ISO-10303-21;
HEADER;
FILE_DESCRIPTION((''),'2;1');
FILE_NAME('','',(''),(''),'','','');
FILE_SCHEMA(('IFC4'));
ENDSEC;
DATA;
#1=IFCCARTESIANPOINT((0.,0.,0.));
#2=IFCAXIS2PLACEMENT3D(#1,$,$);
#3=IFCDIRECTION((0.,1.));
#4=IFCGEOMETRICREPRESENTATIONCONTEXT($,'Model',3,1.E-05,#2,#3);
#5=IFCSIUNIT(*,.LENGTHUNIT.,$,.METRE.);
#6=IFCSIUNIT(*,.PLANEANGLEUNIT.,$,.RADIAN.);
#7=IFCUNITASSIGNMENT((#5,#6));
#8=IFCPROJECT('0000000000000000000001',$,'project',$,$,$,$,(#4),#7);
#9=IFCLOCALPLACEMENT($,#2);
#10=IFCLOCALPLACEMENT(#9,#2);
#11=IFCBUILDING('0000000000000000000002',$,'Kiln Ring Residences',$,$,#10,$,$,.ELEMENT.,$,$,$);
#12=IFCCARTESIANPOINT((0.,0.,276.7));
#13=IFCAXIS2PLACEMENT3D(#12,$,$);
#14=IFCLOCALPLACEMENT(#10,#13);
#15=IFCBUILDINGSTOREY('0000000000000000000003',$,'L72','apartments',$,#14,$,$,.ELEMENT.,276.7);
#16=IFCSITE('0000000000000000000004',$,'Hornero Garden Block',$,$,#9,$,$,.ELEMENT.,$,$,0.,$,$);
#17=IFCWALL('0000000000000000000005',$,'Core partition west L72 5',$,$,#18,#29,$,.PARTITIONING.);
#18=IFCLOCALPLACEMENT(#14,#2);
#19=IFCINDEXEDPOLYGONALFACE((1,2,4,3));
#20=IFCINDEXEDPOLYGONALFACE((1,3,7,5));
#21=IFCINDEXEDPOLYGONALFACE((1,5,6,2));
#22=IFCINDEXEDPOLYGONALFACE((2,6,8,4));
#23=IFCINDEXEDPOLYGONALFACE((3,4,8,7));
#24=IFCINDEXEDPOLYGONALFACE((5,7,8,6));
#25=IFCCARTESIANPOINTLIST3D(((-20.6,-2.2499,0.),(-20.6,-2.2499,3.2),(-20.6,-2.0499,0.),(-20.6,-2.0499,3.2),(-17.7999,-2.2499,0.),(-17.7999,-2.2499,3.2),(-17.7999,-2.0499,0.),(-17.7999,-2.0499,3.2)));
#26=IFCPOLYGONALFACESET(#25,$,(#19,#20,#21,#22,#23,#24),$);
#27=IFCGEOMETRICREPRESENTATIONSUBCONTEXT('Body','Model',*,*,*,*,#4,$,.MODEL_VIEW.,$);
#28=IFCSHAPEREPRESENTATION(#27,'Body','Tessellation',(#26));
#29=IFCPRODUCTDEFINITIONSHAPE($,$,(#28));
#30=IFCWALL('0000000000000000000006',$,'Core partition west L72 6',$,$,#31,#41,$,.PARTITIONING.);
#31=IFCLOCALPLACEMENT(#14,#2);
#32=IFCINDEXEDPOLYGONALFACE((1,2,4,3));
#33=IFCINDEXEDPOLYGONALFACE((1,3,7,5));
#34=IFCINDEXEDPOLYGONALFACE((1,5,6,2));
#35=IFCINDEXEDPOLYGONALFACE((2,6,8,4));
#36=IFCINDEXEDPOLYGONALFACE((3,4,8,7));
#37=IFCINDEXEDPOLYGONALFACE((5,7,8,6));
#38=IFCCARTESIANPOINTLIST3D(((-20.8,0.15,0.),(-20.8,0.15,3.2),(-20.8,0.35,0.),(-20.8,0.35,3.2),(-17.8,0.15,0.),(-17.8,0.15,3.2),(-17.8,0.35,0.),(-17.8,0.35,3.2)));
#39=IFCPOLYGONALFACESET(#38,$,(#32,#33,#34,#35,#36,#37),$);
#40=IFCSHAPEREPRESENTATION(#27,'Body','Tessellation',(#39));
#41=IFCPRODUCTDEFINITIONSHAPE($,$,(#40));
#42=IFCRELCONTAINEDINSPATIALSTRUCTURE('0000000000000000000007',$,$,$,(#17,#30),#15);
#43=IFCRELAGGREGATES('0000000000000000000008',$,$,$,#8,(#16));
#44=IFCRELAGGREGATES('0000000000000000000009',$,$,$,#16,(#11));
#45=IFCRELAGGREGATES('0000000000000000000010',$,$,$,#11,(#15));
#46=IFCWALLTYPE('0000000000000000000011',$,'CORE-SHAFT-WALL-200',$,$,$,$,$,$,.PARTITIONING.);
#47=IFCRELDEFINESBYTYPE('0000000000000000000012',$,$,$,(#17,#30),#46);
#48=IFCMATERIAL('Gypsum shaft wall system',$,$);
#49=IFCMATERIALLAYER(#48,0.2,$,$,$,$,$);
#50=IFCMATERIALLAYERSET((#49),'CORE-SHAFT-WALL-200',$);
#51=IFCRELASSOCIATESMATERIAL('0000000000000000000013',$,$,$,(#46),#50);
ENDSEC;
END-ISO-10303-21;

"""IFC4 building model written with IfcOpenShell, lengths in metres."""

from ifc_helpers import new_model, si_unit, direction, frame, frame_2d, origin, place, context, subcontext, project, spatial, rectangle, extrude, material, layer, layer_set, type_object, element, save


model = new_model("IFC4")

# Units and contexts
model_context = context("Model", 3, precision=1e-05, world=origin(), true_north=direction((0.0, 1.0)))
body_context = subcontext(model_context, "Body", "Model", "MODEL_VIEW")
ifc_project = project(units=[si_unit("LENGTHUNIT", "METRE"), si_unit("PLANEANGLEUNIT", "RADIAN")], contexts=[model_context])

# Site, building, storey
site_placement = place(None, origin())
site = spatial("IfcSite", under=ifc_project, at=site_placement, Name="Hornero Garden Block", CompositionType="ELEMENT", RefElevation=0.0)
building_placement = place(site_placement, origin())
building = spatial("IfcBuilding", under=site, at=building_placement, Name="Kiln Ring Residences", CompositionType="ELEMENT")
storey_placement = place(building_placement, frame((0.0, 0.0, 276.7)))
storey = spatial("IfcBuildingStorey", under=building, at=storey_placement, Name="L72", Description="apartments", CompositionType="ELEMENT", Elevation=276.7)

# Walls
ifc_material_1 = material(Name="Gypsum shaft wall system")
ifc_layer_1 = layer(ifc_material_1, 0.2)
ifc_layer_set_1 = layer_set([ifc_layer_1], Name="CORE-SHAFT-WALL-200")
wall_type_1 = type_object("IfcWallType", Name="CORE-SHAFT-WALL-200", PredefinedType="PARTITIONING", material=ifc_layer_set_1)
wall_1_placement = place(storey_placement, frame((-17.8, -2.1499, 0.0), z_axis=(0.0, 0.0, 1.0), x_axis=(-1.0, 0.0, 0.0)))
element("IfcWall", 1, at=wall_1_placement, inside=storey, type_object=wall_type_1, Name="Core partition west L72 5", PredefinedType="PARTITIONING", context=body_context, shape_type="SweptSolid", body=[
    extrude(rectangle(XDim=2.8, YDim=0.2, at=frame_2d((1.3999, 0.0))), origin(), (0.0, 0.0, 1.0), 3.2),
])
wall_2_placement = place(storey_placement, frame((-17.8, 0.25, 0.0), z_axis=(0.0, 0.0, 1.0), x_axis=(-1.0, 0.0, 0.0)))
element("IfcWall", 2, at=wall_2_placement, inside=storey, type_object=wall_type_1, Name="Core partition west L72 6", PredefinedType="PARTITIONING", context=body_context, shape_type="SweptSolid", body=[
    extrude(rectangle(XDim=3.0, YDim=0.2, at=frame_2d((1.5, 0.0))), origin(), (0.0, 0.0, 1.0), 3.2),
])

save(model, "model.ifc")
